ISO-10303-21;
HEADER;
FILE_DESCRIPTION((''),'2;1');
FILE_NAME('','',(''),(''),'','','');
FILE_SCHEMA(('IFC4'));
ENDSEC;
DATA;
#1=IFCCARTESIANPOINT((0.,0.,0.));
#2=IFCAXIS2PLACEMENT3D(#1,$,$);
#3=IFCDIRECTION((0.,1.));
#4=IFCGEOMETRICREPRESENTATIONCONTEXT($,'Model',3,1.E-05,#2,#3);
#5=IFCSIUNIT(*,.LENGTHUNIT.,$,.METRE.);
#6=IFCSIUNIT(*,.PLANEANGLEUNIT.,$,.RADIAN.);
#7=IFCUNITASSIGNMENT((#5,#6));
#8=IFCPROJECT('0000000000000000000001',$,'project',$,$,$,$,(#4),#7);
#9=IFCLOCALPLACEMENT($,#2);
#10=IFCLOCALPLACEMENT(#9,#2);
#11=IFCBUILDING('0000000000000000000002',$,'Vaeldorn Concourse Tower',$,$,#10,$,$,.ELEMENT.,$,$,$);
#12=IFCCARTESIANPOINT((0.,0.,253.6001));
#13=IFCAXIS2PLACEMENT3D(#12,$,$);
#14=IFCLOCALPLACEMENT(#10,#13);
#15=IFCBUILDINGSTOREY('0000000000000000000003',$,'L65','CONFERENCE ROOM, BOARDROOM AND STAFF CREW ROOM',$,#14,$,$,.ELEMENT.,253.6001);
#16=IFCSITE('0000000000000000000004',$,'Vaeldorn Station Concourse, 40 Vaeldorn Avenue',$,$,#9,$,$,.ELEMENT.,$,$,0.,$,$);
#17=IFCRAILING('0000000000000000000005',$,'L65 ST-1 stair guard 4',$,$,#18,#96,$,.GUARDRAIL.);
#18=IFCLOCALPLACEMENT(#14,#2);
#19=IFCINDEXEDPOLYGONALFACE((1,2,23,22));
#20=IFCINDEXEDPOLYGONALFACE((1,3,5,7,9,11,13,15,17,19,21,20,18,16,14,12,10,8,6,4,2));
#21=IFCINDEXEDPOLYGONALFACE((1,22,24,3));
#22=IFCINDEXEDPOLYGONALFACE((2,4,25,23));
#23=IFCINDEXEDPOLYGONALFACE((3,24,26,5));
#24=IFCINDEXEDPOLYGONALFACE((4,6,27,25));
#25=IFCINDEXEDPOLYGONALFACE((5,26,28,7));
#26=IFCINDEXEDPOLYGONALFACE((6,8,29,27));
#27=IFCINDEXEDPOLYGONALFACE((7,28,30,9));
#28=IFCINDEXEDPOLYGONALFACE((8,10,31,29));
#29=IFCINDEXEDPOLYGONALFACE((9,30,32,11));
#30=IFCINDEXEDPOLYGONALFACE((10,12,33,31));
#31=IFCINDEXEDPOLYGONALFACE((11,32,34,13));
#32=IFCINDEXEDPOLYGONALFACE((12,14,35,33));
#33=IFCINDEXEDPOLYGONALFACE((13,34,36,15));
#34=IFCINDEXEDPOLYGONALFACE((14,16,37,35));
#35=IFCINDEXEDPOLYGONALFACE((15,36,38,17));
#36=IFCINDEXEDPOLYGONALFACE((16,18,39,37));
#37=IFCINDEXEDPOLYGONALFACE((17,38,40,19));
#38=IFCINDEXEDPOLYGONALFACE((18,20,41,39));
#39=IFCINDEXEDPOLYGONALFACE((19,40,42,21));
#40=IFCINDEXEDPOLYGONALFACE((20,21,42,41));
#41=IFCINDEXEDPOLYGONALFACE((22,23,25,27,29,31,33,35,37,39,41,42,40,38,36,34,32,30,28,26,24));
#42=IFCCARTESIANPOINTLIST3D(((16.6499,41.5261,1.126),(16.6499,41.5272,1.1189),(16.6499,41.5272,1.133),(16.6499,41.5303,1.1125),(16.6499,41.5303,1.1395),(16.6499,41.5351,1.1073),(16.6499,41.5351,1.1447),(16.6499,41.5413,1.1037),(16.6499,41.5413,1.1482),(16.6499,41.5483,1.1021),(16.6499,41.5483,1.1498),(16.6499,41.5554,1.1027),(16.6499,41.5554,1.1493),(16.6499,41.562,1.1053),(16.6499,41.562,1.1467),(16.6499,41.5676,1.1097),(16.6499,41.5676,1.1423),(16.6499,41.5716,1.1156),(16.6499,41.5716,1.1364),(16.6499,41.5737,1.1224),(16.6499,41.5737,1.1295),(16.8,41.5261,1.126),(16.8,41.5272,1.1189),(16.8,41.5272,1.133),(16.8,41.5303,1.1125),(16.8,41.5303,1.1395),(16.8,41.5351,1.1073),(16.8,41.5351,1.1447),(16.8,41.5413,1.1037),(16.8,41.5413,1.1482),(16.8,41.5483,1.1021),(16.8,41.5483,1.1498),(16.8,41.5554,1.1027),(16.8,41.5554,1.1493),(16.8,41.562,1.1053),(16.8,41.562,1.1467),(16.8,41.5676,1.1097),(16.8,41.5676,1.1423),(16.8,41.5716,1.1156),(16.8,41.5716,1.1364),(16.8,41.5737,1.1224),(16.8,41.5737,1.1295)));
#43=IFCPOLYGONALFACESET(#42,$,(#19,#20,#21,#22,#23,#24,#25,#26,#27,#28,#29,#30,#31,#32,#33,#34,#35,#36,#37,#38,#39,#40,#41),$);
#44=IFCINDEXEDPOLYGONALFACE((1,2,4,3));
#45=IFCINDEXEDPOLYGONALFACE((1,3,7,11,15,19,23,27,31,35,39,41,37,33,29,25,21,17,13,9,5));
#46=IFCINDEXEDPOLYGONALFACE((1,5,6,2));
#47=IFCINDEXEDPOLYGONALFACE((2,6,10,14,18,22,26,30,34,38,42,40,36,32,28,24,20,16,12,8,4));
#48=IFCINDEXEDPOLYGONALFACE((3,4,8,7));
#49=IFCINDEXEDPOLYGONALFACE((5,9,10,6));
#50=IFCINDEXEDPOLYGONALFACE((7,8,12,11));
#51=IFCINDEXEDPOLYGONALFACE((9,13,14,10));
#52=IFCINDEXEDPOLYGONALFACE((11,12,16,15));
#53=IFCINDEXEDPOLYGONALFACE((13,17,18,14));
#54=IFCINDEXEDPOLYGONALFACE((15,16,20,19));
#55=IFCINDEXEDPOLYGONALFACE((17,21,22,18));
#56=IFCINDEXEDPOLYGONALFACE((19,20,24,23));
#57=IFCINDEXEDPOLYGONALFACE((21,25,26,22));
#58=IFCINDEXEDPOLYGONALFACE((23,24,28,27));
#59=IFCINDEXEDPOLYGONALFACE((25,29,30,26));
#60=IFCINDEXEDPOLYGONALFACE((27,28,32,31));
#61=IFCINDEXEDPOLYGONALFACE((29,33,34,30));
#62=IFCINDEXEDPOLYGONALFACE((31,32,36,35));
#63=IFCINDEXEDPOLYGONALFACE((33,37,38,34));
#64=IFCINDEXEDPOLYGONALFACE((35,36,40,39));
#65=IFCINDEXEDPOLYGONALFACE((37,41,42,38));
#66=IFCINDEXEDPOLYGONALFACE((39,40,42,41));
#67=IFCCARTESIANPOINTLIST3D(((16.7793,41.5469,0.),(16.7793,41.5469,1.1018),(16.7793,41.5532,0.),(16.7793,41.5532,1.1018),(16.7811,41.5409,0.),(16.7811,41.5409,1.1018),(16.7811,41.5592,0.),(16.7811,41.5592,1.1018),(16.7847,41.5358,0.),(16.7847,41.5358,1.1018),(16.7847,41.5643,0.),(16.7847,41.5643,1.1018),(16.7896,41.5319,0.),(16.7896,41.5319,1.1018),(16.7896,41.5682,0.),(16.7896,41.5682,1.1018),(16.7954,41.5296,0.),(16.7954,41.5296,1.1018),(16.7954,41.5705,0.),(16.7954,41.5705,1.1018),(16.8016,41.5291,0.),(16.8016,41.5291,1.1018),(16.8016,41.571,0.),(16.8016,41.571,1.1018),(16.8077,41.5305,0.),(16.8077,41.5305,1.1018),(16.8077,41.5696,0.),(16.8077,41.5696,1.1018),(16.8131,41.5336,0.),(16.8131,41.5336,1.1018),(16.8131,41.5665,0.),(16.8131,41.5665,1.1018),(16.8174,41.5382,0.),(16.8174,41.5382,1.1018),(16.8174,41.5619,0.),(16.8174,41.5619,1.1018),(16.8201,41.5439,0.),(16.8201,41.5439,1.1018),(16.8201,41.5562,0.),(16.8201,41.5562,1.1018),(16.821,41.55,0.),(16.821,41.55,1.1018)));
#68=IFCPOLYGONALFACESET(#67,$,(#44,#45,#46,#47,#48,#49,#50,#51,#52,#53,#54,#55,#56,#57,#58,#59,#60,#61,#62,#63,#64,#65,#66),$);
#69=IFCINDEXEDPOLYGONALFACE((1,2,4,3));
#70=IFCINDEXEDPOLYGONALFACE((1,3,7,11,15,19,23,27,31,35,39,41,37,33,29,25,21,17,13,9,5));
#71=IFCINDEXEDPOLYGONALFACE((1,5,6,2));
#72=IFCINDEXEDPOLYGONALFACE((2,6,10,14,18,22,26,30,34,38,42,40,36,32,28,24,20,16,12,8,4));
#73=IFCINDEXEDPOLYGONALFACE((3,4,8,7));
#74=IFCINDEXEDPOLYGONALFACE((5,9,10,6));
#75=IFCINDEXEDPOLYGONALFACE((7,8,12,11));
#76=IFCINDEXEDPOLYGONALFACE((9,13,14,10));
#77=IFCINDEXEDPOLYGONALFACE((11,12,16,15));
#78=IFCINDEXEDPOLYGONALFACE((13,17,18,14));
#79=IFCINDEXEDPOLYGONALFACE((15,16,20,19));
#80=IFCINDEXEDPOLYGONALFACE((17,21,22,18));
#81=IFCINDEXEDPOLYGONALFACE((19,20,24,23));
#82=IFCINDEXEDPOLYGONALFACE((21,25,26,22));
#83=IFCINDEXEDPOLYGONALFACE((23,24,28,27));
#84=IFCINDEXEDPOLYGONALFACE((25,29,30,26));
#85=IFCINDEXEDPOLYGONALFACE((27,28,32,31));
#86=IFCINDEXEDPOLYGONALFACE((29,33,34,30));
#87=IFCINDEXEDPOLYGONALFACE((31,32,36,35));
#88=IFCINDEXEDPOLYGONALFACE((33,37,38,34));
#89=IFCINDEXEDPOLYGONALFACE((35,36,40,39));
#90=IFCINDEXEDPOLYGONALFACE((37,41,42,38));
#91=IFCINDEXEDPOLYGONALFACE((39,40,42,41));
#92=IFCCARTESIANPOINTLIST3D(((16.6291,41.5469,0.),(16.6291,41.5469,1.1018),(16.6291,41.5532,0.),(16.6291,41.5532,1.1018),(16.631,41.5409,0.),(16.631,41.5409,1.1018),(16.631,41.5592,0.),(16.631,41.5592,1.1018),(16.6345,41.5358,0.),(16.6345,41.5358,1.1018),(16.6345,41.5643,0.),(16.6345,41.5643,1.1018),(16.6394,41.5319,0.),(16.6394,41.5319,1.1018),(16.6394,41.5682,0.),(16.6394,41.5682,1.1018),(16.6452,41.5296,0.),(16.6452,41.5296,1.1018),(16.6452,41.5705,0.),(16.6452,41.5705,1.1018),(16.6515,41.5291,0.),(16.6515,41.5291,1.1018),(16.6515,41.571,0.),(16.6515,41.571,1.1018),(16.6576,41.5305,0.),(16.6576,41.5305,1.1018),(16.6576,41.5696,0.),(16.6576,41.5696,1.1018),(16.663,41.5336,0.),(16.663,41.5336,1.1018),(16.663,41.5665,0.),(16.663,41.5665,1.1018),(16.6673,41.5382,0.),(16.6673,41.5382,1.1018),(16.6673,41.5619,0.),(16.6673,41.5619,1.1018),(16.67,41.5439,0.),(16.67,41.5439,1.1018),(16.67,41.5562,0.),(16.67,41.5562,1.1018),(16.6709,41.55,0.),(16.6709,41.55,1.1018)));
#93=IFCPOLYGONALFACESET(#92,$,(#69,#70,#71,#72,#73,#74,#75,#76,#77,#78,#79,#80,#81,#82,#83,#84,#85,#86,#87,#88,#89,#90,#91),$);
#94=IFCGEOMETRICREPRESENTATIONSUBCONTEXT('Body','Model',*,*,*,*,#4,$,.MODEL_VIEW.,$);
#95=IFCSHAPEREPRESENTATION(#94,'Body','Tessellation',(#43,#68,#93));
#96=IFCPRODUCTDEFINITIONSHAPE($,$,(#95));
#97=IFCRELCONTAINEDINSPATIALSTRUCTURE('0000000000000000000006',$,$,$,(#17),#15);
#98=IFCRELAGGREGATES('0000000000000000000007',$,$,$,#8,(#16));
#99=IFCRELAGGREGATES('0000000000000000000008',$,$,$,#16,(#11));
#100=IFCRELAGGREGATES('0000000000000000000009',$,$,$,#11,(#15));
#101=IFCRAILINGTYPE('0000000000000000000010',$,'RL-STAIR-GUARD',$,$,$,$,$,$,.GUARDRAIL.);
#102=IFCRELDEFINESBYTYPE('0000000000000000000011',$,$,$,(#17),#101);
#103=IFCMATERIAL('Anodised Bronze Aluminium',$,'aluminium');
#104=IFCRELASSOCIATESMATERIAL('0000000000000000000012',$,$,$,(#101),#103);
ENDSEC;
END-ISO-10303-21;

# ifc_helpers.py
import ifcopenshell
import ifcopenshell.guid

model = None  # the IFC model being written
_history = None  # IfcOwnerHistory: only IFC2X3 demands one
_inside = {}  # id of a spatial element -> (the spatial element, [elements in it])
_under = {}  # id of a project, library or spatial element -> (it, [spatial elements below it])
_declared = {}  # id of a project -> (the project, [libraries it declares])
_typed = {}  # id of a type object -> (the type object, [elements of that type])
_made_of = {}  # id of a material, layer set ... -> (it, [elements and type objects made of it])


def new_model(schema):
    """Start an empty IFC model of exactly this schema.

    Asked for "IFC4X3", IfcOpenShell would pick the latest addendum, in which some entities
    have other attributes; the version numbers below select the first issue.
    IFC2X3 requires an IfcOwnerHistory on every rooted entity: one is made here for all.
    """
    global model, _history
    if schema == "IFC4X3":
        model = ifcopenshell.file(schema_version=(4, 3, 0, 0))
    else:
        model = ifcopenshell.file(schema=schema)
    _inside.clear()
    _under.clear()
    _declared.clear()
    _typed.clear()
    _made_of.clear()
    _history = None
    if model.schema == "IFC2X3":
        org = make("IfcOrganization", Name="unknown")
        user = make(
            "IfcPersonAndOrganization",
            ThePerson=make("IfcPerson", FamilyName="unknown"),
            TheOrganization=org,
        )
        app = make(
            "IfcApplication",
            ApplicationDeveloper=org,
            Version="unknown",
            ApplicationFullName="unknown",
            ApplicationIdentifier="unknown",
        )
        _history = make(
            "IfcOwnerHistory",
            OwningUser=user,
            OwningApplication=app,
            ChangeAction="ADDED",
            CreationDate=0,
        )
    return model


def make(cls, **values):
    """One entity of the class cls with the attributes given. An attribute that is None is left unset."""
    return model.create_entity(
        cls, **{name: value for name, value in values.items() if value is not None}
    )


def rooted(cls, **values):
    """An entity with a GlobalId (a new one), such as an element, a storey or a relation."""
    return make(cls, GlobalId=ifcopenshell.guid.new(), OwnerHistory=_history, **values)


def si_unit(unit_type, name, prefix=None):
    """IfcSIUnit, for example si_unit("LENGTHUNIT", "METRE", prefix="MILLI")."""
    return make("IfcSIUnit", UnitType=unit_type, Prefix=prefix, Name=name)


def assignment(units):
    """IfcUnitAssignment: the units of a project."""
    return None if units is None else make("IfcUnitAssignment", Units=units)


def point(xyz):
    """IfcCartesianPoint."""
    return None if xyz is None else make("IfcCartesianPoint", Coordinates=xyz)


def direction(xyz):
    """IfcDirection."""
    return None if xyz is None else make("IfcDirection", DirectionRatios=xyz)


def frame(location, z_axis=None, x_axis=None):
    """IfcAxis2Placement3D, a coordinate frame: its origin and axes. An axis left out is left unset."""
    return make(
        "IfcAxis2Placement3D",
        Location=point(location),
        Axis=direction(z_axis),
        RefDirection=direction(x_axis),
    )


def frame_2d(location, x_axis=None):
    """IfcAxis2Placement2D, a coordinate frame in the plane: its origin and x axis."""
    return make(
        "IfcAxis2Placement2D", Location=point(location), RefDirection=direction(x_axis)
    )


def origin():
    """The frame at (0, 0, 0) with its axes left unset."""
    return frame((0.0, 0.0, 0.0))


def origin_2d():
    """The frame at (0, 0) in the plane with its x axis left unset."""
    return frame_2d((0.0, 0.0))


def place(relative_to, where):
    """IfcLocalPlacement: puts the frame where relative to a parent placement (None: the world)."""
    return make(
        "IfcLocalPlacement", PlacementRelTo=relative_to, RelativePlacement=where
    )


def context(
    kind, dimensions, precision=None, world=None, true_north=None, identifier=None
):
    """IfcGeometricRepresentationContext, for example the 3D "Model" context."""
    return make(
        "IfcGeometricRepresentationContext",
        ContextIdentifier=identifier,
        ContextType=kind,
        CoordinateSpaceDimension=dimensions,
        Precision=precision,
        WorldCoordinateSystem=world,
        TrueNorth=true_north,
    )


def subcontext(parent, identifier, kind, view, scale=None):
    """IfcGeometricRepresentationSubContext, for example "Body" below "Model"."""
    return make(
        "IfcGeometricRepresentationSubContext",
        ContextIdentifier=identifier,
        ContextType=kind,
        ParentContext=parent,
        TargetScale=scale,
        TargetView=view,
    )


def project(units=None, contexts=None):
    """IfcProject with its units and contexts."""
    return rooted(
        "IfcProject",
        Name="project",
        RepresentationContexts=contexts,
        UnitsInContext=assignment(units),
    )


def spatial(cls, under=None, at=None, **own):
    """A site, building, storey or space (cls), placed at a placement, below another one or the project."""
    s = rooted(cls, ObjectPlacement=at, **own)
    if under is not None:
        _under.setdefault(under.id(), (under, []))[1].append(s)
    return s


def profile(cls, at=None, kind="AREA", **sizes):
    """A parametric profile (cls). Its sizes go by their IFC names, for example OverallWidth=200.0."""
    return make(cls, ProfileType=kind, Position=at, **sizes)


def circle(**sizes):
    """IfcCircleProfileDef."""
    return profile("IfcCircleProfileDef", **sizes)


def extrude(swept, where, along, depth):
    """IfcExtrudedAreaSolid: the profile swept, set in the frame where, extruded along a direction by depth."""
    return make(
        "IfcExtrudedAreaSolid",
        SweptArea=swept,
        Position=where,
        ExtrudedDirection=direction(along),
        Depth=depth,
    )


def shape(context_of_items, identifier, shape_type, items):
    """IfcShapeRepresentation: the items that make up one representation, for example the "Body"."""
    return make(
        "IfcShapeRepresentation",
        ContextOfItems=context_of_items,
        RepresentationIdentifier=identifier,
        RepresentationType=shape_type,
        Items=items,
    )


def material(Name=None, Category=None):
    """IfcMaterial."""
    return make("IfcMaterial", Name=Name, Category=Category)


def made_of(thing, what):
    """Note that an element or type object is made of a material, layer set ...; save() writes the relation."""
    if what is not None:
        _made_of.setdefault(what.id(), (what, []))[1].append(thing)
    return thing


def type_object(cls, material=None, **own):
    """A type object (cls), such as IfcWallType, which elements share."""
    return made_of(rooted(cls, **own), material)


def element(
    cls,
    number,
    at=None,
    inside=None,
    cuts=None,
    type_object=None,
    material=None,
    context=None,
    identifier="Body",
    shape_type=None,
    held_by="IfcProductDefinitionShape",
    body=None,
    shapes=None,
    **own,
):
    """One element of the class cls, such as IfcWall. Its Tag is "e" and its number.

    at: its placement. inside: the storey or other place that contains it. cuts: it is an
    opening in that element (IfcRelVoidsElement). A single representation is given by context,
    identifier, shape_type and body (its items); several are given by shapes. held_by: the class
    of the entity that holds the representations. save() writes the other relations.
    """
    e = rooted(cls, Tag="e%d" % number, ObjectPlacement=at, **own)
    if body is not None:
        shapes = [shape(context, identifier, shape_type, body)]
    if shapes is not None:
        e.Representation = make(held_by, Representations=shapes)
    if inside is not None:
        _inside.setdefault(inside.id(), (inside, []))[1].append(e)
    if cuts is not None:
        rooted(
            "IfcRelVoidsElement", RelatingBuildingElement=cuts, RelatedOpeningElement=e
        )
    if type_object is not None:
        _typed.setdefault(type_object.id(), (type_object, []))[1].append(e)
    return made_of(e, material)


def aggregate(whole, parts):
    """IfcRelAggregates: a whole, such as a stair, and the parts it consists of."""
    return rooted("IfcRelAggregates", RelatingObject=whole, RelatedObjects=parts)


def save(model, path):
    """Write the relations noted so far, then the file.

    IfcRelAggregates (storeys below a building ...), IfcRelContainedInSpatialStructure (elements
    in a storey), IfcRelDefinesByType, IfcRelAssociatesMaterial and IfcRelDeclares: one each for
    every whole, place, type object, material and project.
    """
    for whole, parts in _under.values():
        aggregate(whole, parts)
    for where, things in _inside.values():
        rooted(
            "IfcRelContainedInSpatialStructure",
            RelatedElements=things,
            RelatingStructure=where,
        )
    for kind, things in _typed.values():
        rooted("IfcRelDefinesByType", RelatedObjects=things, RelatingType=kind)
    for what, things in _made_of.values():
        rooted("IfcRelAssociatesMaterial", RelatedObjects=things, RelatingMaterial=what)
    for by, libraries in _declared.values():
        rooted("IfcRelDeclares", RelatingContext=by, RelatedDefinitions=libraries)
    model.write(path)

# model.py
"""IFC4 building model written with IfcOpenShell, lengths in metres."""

from ifc_helpers import new_model, si_unit, direction, frame, origin, origin_2d, place, context, subcontext, project, spatial, circle, extrude, material, type_object, element, save


model = new_model("IFC4")

# Units and contexts
model_context = context("Model", 3, precision=1e-05, world=origin(), true_north=direction((0.0, 1.0)))
body_context = subcontext(model_context, "Body", "Model", "MODEL_VIEW")
ifc_project = project(units=[si_unit("LENGTHUNIT", "METRE"), si_unit("PLANEANGLEUNIT", "RADIAN")], contexts=[model_context])

# Site, building, storey
site_placement = place(None, origin())
site = spatial("IfcSite", under=ifc_project, at=site_placement, Name="Vaeldorn Station Concourse, 40 Vaeldorn Avenue", CompositionType="ELEMENT", RefElevation=0.0)
building_placement = place(site_placement, origin())
building = spatial("IfcBuilding", under=site, at=building_placement, Name="Vaeldorn Concourse Tower", CompositionType="ELEMENT")
storey_placement = place(building_placement, frame((0.0, 0.0, 253.6001)))
storey = spatial("IfcBuildingStorey", under=building, at=storey_placement, Name="L65", Description="CONFERENCE ROOM, BOARDROOM AND STAFF CREW ROOM", CompositionType="ELEMENT", Elevation=253.6001)

# Shared definitions
ifc_material_1 = material(Name="Anodised Bronze Aluminium", Category="aluminium")

# Railing
railing_type_1 = type_object("IfcRailingType", Name="RL-STAIR-GUARD", PredefinedType="GUARDRAIL", material=ifc_material_1)
railing_1_placement = place(storey_placement, frame((16.8, 41.55, 0.0)))
element("IfcRailing", 1, at=railing_1_placement, inside=storey, type_object=railing_type_1, Name="L65 ST-1 stair guard 4", PredefinedType="GUARDRAIL", context=body_context, shape_type="SweptSolid", body=[
    extrude(circle(Radius=0.0239, at=origin_2d()), frame((0.0, 0.0, 1.126), z_axis=(-1.0, 0.0, 0.0), x_axis=(0.0, -1.0, 0.0)), (0.0, 0.0, 1.0), 0.1501),
    extrude(circle(Radius=0.021, at=origin_2d()), origin(), (0.0, 0.0, 1.0), 1.1018),
    extrude(circle(Radius=0.021, at=origin_2d()), frame((-0.1501, 0.0, 0.0)), (0.0, 0.0, 1.0), 1.1018),
])

save(model, "model.ifc")
